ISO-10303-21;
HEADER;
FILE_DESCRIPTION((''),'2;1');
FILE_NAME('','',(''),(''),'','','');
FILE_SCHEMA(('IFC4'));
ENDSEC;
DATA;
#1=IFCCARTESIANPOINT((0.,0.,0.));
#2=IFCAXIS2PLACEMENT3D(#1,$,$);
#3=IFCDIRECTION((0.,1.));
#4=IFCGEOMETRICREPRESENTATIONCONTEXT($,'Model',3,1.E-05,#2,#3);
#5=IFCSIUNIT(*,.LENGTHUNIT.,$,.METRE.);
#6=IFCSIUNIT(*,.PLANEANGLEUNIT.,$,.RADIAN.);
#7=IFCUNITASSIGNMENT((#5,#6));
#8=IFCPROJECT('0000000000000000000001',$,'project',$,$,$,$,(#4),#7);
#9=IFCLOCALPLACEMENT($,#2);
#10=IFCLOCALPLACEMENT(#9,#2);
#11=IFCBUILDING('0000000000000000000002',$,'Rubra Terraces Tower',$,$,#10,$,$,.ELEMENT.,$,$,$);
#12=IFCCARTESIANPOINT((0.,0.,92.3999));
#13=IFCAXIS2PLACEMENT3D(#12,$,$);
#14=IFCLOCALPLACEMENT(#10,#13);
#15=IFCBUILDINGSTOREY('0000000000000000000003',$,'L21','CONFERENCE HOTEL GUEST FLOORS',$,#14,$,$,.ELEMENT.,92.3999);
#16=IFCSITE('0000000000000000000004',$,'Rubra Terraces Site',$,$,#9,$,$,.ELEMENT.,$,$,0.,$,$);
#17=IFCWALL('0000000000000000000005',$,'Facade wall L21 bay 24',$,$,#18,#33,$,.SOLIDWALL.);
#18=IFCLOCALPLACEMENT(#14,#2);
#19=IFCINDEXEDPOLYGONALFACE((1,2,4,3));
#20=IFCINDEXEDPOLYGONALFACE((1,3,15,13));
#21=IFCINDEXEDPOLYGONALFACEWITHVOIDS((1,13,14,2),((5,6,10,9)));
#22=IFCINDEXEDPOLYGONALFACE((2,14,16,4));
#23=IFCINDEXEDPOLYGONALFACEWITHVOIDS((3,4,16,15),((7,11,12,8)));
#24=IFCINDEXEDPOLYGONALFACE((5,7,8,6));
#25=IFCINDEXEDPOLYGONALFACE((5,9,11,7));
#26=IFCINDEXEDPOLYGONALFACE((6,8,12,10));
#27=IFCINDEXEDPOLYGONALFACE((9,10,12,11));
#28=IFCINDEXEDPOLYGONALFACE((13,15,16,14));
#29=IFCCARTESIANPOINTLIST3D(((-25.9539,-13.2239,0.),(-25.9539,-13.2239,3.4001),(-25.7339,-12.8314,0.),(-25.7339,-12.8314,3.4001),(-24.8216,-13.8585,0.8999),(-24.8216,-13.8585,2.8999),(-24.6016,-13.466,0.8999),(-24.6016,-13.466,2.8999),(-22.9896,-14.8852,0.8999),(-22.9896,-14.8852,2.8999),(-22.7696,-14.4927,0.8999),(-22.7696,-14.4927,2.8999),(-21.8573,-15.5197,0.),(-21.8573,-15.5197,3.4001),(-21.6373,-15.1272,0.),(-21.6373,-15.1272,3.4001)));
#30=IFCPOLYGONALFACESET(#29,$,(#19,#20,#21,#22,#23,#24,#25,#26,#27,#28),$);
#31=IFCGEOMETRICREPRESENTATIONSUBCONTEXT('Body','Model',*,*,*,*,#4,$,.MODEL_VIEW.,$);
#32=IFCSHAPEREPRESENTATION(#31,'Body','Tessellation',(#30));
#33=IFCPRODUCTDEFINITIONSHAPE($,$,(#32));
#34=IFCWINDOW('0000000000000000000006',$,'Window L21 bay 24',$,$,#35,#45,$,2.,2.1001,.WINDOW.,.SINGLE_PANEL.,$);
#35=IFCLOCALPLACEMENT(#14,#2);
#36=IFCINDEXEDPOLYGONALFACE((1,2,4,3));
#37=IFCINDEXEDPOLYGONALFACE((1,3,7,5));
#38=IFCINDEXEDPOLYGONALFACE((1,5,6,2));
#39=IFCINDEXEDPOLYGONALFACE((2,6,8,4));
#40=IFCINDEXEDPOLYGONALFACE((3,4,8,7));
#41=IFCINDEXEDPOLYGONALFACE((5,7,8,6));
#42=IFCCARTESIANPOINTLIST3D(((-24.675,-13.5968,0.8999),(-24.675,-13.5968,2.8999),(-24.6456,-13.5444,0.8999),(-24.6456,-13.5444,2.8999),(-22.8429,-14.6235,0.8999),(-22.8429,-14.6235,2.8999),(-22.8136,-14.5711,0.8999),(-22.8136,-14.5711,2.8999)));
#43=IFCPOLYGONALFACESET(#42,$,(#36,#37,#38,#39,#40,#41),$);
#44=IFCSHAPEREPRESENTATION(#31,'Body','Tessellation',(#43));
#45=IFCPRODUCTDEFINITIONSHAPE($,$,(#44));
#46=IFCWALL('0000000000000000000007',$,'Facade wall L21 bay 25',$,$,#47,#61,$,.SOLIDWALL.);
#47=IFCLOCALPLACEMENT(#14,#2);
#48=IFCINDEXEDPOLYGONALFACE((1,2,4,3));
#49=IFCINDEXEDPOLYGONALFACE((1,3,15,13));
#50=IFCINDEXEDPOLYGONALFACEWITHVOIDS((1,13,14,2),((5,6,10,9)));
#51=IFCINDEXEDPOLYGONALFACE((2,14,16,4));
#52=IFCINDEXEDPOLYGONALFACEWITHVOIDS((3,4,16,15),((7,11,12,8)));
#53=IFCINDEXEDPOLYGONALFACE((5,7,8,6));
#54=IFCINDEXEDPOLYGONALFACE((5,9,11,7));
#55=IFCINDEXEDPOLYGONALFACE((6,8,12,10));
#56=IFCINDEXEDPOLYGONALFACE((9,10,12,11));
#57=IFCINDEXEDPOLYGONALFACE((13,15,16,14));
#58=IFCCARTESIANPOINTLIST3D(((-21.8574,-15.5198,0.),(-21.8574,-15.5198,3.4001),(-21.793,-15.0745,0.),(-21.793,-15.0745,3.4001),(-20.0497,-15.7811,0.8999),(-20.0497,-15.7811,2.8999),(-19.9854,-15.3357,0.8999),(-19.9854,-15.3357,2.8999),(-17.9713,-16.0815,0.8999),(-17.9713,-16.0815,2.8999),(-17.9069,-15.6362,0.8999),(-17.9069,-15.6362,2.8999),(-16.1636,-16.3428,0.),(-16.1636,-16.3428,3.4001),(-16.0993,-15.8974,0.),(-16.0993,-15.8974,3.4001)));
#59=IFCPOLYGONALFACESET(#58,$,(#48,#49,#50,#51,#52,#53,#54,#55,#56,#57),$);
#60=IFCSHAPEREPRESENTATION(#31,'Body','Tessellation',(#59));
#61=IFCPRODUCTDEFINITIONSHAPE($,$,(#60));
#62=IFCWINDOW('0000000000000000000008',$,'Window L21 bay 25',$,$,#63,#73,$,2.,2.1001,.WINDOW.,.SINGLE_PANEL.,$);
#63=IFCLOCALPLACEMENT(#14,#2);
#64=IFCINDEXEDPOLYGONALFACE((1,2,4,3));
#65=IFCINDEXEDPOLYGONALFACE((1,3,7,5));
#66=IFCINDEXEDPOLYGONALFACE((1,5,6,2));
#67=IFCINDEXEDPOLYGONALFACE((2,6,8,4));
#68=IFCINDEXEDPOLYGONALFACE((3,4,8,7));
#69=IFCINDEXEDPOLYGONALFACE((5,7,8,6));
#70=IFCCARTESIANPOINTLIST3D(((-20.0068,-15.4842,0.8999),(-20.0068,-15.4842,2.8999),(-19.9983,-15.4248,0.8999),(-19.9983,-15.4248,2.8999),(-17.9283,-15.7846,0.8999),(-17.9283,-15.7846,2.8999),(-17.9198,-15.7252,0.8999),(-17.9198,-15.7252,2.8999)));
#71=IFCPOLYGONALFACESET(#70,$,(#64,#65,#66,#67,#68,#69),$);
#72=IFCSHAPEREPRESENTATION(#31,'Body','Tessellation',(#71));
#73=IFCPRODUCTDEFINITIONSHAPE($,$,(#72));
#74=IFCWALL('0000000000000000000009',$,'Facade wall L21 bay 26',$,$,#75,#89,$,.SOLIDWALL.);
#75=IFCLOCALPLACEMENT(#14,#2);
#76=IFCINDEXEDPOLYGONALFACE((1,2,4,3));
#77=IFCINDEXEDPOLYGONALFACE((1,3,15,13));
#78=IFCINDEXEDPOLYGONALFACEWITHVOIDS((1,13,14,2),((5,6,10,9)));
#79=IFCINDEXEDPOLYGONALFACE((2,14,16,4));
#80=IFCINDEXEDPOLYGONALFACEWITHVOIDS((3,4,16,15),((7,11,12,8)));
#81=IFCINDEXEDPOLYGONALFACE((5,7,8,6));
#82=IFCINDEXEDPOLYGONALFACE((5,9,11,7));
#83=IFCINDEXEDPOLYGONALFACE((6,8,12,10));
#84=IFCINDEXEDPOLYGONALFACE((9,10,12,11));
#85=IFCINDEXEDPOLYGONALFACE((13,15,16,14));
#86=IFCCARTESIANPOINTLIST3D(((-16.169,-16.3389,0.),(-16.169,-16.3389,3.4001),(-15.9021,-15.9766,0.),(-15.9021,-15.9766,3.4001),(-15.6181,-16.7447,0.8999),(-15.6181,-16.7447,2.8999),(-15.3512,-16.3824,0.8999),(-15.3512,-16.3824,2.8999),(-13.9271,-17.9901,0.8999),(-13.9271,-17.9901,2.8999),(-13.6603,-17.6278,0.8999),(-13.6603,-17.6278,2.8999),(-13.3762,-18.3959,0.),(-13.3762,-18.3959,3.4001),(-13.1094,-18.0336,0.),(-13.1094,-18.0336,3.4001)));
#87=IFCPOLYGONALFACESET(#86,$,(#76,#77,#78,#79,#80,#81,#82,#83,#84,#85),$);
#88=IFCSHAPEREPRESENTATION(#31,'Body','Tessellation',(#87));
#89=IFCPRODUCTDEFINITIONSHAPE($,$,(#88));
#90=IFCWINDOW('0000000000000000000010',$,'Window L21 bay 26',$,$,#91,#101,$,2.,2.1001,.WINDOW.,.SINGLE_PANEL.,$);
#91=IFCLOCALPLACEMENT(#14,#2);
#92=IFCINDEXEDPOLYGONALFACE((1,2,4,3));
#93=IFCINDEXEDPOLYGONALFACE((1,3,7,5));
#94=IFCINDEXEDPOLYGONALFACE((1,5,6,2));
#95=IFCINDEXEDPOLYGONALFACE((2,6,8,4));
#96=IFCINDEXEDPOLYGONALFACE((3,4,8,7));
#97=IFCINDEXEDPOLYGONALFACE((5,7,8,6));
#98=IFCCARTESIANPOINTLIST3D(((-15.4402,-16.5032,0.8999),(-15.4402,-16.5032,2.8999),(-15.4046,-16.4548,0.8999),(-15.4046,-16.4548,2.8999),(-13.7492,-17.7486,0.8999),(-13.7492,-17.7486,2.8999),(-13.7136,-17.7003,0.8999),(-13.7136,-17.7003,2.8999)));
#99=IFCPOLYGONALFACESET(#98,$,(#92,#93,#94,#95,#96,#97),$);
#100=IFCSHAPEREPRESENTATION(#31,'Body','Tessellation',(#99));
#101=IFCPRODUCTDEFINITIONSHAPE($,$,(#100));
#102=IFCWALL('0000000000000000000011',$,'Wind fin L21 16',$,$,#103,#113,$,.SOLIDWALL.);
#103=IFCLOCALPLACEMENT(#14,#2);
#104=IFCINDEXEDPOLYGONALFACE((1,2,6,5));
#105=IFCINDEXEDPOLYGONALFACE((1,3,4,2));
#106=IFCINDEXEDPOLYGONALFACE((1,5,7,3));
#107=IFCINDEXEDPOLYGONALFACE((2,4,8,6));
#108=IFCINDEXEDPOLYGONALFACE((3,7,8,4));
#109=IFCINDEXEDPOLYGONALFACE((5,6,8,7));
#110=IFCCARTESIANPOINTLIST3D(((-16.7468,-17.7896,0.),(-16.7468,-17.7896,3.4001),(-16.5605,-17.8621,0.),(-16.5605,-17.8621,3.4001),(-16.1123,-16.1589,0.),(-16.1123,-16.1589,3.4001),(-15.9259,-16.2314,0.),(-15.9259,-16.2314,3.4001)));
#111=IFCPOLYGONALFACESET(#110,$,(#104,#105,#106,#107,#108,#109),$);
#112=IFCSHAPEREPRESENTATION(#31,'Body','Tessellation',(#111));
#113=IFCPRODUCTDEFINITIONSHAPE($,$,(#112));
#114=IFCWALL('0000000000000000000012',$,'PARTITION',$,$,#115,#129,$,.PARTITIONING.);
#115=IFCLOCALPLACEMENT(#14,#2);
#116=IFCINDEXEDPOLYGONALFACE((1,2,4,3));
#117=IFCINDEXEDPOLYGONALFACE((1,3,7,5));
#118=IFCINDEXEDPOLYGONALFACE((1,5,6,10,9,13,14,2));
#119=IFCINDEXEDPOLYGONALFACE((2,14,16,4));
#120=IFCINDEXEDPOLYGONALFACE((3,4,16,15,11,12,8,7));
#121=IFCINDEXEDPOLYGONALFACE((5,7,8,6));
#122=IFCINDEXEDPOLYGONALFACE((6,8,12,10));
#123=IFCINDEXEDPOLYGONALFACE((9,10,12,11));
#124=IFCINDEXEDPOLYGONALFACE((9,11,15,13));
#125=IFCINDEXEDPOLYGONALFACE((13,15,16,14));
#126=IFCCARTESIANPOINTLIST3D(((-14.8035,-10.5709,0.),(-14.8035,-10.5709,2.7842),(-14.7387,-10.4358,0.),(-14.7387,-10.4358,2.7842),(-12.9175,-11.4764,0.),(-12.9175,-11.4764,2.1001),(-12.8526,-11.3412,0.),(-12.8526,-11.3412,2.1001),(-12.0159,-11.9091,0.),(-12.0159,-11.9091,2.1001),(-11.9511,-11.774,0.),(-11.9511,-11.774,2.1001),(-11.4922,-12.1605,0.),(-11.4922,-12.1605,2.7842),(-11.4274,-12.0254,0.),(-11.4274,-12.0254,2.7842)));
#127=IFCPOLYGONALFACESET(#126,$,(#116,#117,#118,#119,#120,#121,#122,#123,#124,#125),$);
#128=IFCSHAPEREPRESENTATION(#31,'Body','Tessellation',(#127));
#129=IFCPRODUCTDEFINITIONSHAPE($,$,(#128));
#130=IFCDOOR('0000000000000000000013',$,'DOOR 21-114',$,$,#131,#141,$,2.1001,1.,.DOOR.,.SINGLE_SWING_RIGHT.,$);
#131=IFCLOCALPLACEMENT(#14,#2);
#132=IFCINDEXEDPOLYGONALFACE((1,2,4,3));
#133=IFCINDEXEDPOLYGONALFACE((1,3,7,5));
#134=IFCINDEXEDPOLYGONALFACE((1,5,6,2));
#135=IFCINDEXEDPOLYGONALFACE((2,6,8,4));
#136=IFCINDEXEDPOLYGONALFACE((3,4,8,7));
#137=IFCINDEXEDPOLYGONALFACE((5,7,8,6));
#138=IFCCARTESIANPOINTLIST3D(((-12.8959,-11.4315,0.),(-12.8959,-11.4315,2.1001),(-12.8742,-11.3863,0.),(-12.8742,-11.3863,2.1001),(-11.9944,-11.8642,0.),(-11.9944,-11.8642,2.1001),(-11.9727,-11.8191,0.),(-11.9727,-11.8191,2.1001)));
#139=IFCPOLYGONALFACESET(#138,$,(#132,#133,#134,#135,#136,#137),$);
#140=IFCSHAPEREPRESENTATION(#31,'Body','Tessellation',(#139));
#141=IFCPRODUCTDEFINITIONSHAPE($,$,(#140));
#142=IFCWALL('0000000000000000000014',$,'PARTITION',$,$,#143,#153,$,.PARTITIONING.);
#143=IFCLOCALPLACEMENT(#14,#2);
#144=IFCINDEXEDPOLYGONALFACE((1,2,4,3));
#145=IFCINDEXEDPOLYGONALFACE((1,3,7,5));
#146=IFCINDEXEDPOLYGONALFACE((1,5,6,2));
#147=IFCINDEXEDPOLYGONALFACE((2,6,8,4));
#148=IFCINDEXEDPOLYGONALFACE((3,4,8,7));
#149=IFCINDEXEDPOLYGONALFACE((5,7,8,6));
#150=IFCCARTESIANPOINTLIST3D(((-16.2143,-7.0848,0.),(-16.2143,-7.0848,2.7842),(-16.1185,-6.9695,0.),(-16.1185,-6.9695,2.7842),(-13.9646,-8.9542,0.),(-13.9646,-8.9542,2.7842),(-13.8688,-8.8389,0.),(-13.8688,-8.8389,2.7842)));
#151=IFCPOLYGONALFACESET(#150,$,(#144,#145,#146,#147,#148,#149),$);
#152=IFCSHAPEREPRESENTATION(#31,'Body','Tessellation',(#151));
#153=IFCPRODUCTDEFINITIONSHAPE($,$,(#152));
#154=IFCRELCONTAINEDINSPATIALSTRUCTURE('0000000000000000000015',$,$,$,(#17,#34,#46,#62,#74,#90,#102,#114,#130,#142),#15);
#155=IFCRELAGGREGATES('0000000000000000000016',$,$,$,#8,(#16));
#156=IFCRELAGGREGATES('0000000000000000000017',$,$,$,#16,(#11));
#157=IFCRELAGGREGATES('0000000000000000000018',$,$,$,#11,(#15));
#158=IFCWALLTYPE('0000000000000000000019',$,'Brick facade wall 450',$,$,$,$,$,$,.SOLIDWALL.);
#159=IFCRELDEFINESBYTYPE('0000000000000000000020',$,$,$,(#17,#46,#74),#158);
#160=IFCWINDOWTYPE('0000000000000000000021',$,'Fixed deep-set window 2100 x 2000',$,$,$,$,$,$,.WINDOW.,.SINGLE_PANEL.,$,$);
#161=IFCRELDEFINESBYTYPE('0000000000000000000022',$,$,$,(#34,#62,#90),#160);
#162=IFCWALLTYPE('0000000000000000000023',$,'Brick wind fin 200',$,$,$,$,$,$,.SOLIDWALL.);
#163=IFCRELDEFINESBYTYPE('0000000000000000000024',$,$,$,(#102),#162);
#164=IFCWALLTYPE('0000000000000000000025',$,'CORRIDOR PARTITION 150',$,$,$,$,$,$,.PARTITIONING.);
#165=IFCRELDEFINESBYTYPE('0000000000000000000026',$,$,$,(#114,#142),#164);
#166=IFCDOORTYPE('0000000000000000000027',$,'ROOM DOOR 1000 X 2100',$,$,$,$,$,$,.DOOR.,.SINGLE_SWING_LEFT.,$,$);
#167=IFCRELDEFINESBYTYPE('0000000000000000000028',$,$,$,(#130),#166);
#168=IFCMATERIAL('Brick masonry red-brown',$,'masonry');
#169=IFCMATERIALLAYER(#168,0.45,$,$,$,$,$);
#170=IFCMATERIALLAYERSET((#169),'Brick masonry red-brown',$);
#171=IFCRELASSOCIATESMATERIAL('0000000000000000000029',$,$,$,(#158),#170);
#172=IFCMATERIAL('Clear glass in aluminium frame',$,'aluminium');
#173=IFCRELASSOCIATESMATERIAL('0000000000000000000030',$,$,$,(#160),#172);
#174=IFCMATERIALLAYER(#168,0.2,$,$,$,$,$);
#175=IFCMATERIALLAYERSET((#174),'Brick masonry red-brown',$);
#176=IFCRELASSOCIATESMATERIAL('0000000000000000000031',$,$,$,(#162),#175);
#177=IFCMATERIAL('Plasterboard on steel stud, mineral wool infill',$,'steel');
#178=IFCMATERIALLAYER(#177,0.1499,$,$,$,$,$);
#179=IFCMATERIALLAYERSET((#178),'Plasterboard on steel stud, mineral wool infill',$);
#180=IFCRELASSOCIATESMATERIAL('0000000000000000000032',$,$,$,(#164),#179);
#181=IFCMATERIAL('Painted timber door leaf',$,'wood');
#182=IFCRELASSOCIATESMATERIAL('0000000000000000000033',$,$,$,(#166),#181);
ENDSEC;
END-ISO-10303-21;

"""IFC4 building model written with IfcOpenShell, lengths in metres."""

from ifc_helpers import new_model, si_unit, direction, frame, frame_2d, origin, place, context, subcontext, project, spatial, rectangle, extrude, material, layer, layer_set, type_object, element, fill, save


model = new_model("IFC4")

# Units and contexts
model_context = context("Model", 3, precision=1e-05, world=origin(), true_north=direction((0.0, 1.0)))
body_context = subcontext(model_context, "Body", "Model", "MODEL_VIEW")
ifc_project = project(units=[si_unit("LENGTHUNIT", "METRE"), si_unit("PLANEANGLEUNIT", "RADIAN")], contexts=[model_context])

# Site, building, storey
site_placement = place(None, origin())
site = spatial("IfcSite", under=ifc_project, at=site_placement, Name="Rubra Terraces Site", CompositionType="ELEMENT", RefElevation=0.0)
building_placement = place(site_placement, origin())
building = spatial("IfcBuilding", under=site, at=building_placement, Name="Rubra Terraces Tower", CompositionType="ELEMENT")
storey_placement = place(building_placement, frame((0.0, 0.0, 92.3999)))
storey = spatial("IfcBuildingStorey", under=building, at=storey_placement, Name="L21", Description="CONFERENCE HOTEL GUEST FLOORS", CompositionType="ELEMENT", Elevation=92.3999)

# Walls, openings, windows
ifc_material_1 = material(Name="Brick masonry red-brown", Category="masonry")
ifc_layer_1 = layer(ifc_material_1, 0.45)
ifc_layer_set_1 = layer_set([ifc_layer_1], Name="Brick masonry red-brown")
wall_type_1 = type_object("IfcWallType", Name="Brick facade wall 450", PredefinedType="SOLIDWALL", material=ifc_layer_set_1)
wall_1_placement = place(storey_placement, frame((-25.844, -13.0276, 0.0), z_axis=(0.0, 0.0, 1.0), x_axis=(0.872346, -0.488888, 0.0)))
wall_1 = element("IfcWall", 1, at=wall_1_placement, inside=storey, type_object=wall_type_1, Name="Facade wall L21 bay 24", PredefinedType="SOLIDWALL", context=body_context, shape_type="SweptSolid", body=[
    extrude(rectangle(XDim=4.696, YDim=0.45, at=frame_2d((2.3481, 0.0))), origin(), (0.0, 0.0, 1.0), 3.4001),
])
opening_1_placement = place(wall_1_placement, frame((1.2981, 0.0, 0.8999)))
opening_1 = element("IfcOpeningElement", 2, at=opening_1_placement, cuts=wall_1, PredefinedType="OPENING", context=body_context, shape_type="SweptSolid", body=[
    extrude(rectangle(XDim=2.1001, YDim=2.0, at=frame_2d((1.05, 1.0))), frame((0.0, 0.2349, 0.0), z_axis=(0.0, -1.0, 0.0), x_axis=(1.0, 0.0, 0.0)), (0.0, 0.0, 1.0), 0.47),
])
ifc_material_2 = material(Name="Clear glass in aluminium frame", Category="aluminium")
window_type = type_object("IfcWindowType", Name="Fixed deep-set window 2100 x 2000", PartitioningType="SINGLE_PANEL", PredefinedType="WINDOW", material=ifc_material_2)
window_1_placement = place(opening_1_placement, origin())
window_1 = element("IfcWindow", 3, at=window_1_placement, inside=storey, type_object=window_type, Name="Window L21 bay 24", OverallHeight=2.0, OverallWidth=2.1001, PartitioningType="SINGLE_PANEL", PredefinedType="WINDOW", context=body_context, shape_type="SweptSolid", body=[
    extrude(rectangle(XDim=2.1001, YDim=2.0, at=frame_2d((1.05, 1.0))), frame((0.0, 0.135, 0.0), z_axis=(0.0, -1.0, 0.0), x_axis=(1.0, 0.0, 0.0)), (0.0, 0.0, 1.0), 0.0601),
])
fill(opening_1, window_1)
wall_2_placement = place(storey_placement, frame((-21.8252, -15.2971, 0.0), z_axis=(0.0, 0.0, 1.0), x_axis=(0.989715, -0.143055, 0.0)))
wall_2 = element("IfcWall", 4, at=wall_2_placement, inside=storey, type_object=wall_type_1, Name="Facade wall L21 bay 25", PredefinedType="SOLIDWALL", context=body_context, shape_type="SweptSolid", body=[
    extrude(rectangle(XDim=5.7529, YDim=0.45, at=frame_2d((2.8765, 0.0))), origin(), (0.0, 0.0, 1.0), 3.4001),
])
opening_2_placement = place(wall_2_placement, frame((1.8264, 0.0, 0.8999)))
opening_2 = element("IfcOpeningElement", 5, at=opening_2_placement, cuts=wall_2, PredefinedType="OPENING", context=body_context, shape_type="SweptSolid", body=[
    extrude(rectangle(XDim=2.1001, YDim=2.0, at=frame_2d((1.05, 1.0))), frame((0.0, 0.2349, 0.0), z_axis=(0.0, -1.0, 0.0), x_axis=(1.0, 0.0, 0.0)), (0.0, 0.0, 1.0), 0.47),
])
window_2_placement = place(opening_2_placement, origin())
window_2 = element("IfcWindow", 6, at=window_2_placement, inside=storey, type_object=window_type, Name="Window L21 bay 25", OverallHeight=2.0, OverallWidth=2.1001, PartitioningType="SINGLE_PANEL", PredefinedType="WINDOW", context=body_context, shape_type="SweptSolid", body=[
    extrude(rectangle(XDim=2.1001, YDim=2.0, at=frame_2d((1.05, 1.0))), frame((0.0, 0.135, 0.0), z_axis=(0.0, -1.0, 0.0), x_axis=(1.0, 0.0, 0.0)), (0.0, 0.0, 1.0), 0.0601),
])
fill(opening_2, window_2)
wall_3_placement = place(storey_placement, frame((-16.0356, -16.1577, 0.0), z_axis=(0.0, 0.0, 1.0), x_axis=(0.805181, -0.593029, 0.0)))
wall_3 = element("IfcWall", 7, at=wall_3_placement, inside=storey, type_object=wall_type_1, Name="Facade wall L21 bay 26", PredefinedType="SOLIDWALL", context=body_context, shape_type="SweptSolid", body=[
    extrude(rectangle(XDim=3.4685, YDim=0.45, at=frame_2d((1.7344, 0.0))), origin(), (0.0, 0.0, 1.0), 3.4001),
])
opening_3_placement = place(wall_3_placement, frame((0.6843, 0.0, 0.8999)))
opening_3 = element("IfcOpeningElement", 8, at=opening_3_placement, cuts=wall_3, PredefinedType="OPENING", context=body_context, shape_type="SweptSolid", body=[
    extrude(rectangle(XDim=2.1001, YDim=2.0, at=frame_2d((1.05, 1.0))), frame((0.0, 0.2349, 0.0), z_axis=(0.0, -1.0, 0.0), x_axis=(1.0, 0.0, 0.0)), (0.0, 0.0, 1.0), 0.47),
])
window_3_placement = place(opening_3_placement, origin())
window_3 = element("IfcWindow", 9, at=window_3_placement, inside=storey, type_object=window_type, Name="Window L21 bay 26", OverallHeight=2.0, OverallWidth=2.1001, PartitioningType="SINGLE_PANEL", PredefinedType="WINDOW", context=body_context, shape_type="SweptSolid", body=[
    extrude(rectangle(XDim=2.1001, YDim=2.0, at=frame_2d((1.05, 1.0))), frame((0.0, 0.135, 0.0), z_axis=(0.0, -1.0, 0.0), x_axis=(1.0, 0.0, 0.0)), (0.0, 0.0, 1.0), 0.0601),
])
fill(opening_3, window_3)

# Wall
ifc_layer_2 = layer(ifc_material_1, 0.2)
ifc_layer_set_2 = layer_set([ifc_layer_2], Name="Brick masonry red-brown")
wall_type_2 = type_object("IfcWallType", Name="Brick wind fin 200", PredefinedType="SOLIDWALL", material=ifc_layer_set_2)
wall_4_placement = place(storey_placement, frame((-16.019, -16.1951, 0.0), z_axis=(0.0, 0.0, 1.0), x_axis=(-0.362642, -0.931929, 0.0)))
element("IfcWall", 10, at=wall_4_placement, inside=storey, type_object=wall_type_2, Name="Wind fin L21 16", PredefinedType="SOLIDWALL", context=body_context, shape_type="SweptSolid", body=[
    extrude(rectangle(XDim=1.7498, YDim=0.2, at=frame_2d((0.875, 0.0))), origin(), (0.0, 0.0, 1.0), 3.4001),
])

# Wall, opening, door
ifc_material_3 = material(Name="Plasterboard on steel stud, mineral wool infill", Category="steel")
ifc_layer_3 = layer(ifc_material_3, 0.1499)
ifc_layer_set_3 = layer_set([ifc_layer_3], Name="Plasterboard on steel stud, mineral wool infill")
wall_type_3 = type_object("IfcWallType", Name="CORRIDOR PARTITION 150", PredefinedType="PARTITIONING", material=ifc_layer_set_3)
wall_5_placement = place(storey_placement, frame((-14.771, -10.5034, 0.0), z_axis=(0.0, 0.0, 1.0), x_axis=(0.901503, -0.432772, 0.0)))
wall_5 = element("IfcWall", 11, at=wall_5_placement, inside=storey, type_object=wall_type_3, Name="PARTITION", PredefinedType="PARTITIONING", context=body_context, shape_type="SweptSolid", body=[
    extrude(rectangle(XDim=3.6731, YDim=0.1499, at=frame_2d((1.8364, 0.0))), origin(), (0.0, 0.0, 1.0), 2.7842),
])
opening_4_placement = place(wall_5_placement, frame((2.092, 0.0, 0.0)))
opening_4 = element("IfcOpeningElement", 12, at=opening_4_placement, cuts=wall_5, PredefinedType="OPENING", context=body_context, shape_type="SweptSolid", body=[
    extrude(rectangle(XDim=1.0, YDim=2.1001, at=frame_2d((0.5, 1.05))), frame((0.0, 0.085, 0.0), z_axis=(0.0, -1.0, 0.0), x_axis=(1.0, 0.0, 0.0)), (0.0, 0.0, 1.0), 0.1699),
])
ifc_material_4 = material(Name="Painted timber door leaf", Category="wood")
door_type_1 = type_object("IfcDoorType", Name="ROOM DOOR 1000 X 2100", OperationType="SINGLE_SWING_LEFT", PredefinedType="DOOR", material=ifc_material_4)
door_1_placement = place(opening_4_placement, origin())
door_1 = element("IfcDoor", 13, at=door_1_placement, inside=storey, type_object=door_type_1, Name="DOOR 21-114", OperationType="SINGLE_SWING_RIGHT", OverallHeight=2.1001, OverallWidth=1.0, PredefinedType="DOOR", context=body_context, shape_type="SweptSolid", body=[
    extrude(rectangle(XDim=1.0, YDim=2.1001, at=frame_2d((0.5, 1.05))), frame((0.0, 0.0249, 0.0), z_axis=(0.0, -1.0, 0.0), x_axis=(1.0, 0.0, 0.0)), (0.0, 0.0, 1.0), 0.05),
])
fill(opening_4, door_1)

# Wall
wall_6_placement = place(storey_placement, frame((-13.9167, -8.8965, 0.0), z_axis=(0.0, 0.0, 1.0), x_axis=(-0.76913, 0.639092, 0.0)))
element("IfcWall", 14, at=wall_6_placement, inside=storey, type_object=wall_type_3, Name="PARTITION", PredefinedType="PARTITIONING", context=body_context, shape_type="SweptSolid", body=[
    extrude(rectangle(XDim=2.925, YDim=0.1499, at=frame_2d((1.4624, 0.0))), origin(), (0.0, 0.0, 1.0), 2.7842),
])

save(model, "model.ifc")
